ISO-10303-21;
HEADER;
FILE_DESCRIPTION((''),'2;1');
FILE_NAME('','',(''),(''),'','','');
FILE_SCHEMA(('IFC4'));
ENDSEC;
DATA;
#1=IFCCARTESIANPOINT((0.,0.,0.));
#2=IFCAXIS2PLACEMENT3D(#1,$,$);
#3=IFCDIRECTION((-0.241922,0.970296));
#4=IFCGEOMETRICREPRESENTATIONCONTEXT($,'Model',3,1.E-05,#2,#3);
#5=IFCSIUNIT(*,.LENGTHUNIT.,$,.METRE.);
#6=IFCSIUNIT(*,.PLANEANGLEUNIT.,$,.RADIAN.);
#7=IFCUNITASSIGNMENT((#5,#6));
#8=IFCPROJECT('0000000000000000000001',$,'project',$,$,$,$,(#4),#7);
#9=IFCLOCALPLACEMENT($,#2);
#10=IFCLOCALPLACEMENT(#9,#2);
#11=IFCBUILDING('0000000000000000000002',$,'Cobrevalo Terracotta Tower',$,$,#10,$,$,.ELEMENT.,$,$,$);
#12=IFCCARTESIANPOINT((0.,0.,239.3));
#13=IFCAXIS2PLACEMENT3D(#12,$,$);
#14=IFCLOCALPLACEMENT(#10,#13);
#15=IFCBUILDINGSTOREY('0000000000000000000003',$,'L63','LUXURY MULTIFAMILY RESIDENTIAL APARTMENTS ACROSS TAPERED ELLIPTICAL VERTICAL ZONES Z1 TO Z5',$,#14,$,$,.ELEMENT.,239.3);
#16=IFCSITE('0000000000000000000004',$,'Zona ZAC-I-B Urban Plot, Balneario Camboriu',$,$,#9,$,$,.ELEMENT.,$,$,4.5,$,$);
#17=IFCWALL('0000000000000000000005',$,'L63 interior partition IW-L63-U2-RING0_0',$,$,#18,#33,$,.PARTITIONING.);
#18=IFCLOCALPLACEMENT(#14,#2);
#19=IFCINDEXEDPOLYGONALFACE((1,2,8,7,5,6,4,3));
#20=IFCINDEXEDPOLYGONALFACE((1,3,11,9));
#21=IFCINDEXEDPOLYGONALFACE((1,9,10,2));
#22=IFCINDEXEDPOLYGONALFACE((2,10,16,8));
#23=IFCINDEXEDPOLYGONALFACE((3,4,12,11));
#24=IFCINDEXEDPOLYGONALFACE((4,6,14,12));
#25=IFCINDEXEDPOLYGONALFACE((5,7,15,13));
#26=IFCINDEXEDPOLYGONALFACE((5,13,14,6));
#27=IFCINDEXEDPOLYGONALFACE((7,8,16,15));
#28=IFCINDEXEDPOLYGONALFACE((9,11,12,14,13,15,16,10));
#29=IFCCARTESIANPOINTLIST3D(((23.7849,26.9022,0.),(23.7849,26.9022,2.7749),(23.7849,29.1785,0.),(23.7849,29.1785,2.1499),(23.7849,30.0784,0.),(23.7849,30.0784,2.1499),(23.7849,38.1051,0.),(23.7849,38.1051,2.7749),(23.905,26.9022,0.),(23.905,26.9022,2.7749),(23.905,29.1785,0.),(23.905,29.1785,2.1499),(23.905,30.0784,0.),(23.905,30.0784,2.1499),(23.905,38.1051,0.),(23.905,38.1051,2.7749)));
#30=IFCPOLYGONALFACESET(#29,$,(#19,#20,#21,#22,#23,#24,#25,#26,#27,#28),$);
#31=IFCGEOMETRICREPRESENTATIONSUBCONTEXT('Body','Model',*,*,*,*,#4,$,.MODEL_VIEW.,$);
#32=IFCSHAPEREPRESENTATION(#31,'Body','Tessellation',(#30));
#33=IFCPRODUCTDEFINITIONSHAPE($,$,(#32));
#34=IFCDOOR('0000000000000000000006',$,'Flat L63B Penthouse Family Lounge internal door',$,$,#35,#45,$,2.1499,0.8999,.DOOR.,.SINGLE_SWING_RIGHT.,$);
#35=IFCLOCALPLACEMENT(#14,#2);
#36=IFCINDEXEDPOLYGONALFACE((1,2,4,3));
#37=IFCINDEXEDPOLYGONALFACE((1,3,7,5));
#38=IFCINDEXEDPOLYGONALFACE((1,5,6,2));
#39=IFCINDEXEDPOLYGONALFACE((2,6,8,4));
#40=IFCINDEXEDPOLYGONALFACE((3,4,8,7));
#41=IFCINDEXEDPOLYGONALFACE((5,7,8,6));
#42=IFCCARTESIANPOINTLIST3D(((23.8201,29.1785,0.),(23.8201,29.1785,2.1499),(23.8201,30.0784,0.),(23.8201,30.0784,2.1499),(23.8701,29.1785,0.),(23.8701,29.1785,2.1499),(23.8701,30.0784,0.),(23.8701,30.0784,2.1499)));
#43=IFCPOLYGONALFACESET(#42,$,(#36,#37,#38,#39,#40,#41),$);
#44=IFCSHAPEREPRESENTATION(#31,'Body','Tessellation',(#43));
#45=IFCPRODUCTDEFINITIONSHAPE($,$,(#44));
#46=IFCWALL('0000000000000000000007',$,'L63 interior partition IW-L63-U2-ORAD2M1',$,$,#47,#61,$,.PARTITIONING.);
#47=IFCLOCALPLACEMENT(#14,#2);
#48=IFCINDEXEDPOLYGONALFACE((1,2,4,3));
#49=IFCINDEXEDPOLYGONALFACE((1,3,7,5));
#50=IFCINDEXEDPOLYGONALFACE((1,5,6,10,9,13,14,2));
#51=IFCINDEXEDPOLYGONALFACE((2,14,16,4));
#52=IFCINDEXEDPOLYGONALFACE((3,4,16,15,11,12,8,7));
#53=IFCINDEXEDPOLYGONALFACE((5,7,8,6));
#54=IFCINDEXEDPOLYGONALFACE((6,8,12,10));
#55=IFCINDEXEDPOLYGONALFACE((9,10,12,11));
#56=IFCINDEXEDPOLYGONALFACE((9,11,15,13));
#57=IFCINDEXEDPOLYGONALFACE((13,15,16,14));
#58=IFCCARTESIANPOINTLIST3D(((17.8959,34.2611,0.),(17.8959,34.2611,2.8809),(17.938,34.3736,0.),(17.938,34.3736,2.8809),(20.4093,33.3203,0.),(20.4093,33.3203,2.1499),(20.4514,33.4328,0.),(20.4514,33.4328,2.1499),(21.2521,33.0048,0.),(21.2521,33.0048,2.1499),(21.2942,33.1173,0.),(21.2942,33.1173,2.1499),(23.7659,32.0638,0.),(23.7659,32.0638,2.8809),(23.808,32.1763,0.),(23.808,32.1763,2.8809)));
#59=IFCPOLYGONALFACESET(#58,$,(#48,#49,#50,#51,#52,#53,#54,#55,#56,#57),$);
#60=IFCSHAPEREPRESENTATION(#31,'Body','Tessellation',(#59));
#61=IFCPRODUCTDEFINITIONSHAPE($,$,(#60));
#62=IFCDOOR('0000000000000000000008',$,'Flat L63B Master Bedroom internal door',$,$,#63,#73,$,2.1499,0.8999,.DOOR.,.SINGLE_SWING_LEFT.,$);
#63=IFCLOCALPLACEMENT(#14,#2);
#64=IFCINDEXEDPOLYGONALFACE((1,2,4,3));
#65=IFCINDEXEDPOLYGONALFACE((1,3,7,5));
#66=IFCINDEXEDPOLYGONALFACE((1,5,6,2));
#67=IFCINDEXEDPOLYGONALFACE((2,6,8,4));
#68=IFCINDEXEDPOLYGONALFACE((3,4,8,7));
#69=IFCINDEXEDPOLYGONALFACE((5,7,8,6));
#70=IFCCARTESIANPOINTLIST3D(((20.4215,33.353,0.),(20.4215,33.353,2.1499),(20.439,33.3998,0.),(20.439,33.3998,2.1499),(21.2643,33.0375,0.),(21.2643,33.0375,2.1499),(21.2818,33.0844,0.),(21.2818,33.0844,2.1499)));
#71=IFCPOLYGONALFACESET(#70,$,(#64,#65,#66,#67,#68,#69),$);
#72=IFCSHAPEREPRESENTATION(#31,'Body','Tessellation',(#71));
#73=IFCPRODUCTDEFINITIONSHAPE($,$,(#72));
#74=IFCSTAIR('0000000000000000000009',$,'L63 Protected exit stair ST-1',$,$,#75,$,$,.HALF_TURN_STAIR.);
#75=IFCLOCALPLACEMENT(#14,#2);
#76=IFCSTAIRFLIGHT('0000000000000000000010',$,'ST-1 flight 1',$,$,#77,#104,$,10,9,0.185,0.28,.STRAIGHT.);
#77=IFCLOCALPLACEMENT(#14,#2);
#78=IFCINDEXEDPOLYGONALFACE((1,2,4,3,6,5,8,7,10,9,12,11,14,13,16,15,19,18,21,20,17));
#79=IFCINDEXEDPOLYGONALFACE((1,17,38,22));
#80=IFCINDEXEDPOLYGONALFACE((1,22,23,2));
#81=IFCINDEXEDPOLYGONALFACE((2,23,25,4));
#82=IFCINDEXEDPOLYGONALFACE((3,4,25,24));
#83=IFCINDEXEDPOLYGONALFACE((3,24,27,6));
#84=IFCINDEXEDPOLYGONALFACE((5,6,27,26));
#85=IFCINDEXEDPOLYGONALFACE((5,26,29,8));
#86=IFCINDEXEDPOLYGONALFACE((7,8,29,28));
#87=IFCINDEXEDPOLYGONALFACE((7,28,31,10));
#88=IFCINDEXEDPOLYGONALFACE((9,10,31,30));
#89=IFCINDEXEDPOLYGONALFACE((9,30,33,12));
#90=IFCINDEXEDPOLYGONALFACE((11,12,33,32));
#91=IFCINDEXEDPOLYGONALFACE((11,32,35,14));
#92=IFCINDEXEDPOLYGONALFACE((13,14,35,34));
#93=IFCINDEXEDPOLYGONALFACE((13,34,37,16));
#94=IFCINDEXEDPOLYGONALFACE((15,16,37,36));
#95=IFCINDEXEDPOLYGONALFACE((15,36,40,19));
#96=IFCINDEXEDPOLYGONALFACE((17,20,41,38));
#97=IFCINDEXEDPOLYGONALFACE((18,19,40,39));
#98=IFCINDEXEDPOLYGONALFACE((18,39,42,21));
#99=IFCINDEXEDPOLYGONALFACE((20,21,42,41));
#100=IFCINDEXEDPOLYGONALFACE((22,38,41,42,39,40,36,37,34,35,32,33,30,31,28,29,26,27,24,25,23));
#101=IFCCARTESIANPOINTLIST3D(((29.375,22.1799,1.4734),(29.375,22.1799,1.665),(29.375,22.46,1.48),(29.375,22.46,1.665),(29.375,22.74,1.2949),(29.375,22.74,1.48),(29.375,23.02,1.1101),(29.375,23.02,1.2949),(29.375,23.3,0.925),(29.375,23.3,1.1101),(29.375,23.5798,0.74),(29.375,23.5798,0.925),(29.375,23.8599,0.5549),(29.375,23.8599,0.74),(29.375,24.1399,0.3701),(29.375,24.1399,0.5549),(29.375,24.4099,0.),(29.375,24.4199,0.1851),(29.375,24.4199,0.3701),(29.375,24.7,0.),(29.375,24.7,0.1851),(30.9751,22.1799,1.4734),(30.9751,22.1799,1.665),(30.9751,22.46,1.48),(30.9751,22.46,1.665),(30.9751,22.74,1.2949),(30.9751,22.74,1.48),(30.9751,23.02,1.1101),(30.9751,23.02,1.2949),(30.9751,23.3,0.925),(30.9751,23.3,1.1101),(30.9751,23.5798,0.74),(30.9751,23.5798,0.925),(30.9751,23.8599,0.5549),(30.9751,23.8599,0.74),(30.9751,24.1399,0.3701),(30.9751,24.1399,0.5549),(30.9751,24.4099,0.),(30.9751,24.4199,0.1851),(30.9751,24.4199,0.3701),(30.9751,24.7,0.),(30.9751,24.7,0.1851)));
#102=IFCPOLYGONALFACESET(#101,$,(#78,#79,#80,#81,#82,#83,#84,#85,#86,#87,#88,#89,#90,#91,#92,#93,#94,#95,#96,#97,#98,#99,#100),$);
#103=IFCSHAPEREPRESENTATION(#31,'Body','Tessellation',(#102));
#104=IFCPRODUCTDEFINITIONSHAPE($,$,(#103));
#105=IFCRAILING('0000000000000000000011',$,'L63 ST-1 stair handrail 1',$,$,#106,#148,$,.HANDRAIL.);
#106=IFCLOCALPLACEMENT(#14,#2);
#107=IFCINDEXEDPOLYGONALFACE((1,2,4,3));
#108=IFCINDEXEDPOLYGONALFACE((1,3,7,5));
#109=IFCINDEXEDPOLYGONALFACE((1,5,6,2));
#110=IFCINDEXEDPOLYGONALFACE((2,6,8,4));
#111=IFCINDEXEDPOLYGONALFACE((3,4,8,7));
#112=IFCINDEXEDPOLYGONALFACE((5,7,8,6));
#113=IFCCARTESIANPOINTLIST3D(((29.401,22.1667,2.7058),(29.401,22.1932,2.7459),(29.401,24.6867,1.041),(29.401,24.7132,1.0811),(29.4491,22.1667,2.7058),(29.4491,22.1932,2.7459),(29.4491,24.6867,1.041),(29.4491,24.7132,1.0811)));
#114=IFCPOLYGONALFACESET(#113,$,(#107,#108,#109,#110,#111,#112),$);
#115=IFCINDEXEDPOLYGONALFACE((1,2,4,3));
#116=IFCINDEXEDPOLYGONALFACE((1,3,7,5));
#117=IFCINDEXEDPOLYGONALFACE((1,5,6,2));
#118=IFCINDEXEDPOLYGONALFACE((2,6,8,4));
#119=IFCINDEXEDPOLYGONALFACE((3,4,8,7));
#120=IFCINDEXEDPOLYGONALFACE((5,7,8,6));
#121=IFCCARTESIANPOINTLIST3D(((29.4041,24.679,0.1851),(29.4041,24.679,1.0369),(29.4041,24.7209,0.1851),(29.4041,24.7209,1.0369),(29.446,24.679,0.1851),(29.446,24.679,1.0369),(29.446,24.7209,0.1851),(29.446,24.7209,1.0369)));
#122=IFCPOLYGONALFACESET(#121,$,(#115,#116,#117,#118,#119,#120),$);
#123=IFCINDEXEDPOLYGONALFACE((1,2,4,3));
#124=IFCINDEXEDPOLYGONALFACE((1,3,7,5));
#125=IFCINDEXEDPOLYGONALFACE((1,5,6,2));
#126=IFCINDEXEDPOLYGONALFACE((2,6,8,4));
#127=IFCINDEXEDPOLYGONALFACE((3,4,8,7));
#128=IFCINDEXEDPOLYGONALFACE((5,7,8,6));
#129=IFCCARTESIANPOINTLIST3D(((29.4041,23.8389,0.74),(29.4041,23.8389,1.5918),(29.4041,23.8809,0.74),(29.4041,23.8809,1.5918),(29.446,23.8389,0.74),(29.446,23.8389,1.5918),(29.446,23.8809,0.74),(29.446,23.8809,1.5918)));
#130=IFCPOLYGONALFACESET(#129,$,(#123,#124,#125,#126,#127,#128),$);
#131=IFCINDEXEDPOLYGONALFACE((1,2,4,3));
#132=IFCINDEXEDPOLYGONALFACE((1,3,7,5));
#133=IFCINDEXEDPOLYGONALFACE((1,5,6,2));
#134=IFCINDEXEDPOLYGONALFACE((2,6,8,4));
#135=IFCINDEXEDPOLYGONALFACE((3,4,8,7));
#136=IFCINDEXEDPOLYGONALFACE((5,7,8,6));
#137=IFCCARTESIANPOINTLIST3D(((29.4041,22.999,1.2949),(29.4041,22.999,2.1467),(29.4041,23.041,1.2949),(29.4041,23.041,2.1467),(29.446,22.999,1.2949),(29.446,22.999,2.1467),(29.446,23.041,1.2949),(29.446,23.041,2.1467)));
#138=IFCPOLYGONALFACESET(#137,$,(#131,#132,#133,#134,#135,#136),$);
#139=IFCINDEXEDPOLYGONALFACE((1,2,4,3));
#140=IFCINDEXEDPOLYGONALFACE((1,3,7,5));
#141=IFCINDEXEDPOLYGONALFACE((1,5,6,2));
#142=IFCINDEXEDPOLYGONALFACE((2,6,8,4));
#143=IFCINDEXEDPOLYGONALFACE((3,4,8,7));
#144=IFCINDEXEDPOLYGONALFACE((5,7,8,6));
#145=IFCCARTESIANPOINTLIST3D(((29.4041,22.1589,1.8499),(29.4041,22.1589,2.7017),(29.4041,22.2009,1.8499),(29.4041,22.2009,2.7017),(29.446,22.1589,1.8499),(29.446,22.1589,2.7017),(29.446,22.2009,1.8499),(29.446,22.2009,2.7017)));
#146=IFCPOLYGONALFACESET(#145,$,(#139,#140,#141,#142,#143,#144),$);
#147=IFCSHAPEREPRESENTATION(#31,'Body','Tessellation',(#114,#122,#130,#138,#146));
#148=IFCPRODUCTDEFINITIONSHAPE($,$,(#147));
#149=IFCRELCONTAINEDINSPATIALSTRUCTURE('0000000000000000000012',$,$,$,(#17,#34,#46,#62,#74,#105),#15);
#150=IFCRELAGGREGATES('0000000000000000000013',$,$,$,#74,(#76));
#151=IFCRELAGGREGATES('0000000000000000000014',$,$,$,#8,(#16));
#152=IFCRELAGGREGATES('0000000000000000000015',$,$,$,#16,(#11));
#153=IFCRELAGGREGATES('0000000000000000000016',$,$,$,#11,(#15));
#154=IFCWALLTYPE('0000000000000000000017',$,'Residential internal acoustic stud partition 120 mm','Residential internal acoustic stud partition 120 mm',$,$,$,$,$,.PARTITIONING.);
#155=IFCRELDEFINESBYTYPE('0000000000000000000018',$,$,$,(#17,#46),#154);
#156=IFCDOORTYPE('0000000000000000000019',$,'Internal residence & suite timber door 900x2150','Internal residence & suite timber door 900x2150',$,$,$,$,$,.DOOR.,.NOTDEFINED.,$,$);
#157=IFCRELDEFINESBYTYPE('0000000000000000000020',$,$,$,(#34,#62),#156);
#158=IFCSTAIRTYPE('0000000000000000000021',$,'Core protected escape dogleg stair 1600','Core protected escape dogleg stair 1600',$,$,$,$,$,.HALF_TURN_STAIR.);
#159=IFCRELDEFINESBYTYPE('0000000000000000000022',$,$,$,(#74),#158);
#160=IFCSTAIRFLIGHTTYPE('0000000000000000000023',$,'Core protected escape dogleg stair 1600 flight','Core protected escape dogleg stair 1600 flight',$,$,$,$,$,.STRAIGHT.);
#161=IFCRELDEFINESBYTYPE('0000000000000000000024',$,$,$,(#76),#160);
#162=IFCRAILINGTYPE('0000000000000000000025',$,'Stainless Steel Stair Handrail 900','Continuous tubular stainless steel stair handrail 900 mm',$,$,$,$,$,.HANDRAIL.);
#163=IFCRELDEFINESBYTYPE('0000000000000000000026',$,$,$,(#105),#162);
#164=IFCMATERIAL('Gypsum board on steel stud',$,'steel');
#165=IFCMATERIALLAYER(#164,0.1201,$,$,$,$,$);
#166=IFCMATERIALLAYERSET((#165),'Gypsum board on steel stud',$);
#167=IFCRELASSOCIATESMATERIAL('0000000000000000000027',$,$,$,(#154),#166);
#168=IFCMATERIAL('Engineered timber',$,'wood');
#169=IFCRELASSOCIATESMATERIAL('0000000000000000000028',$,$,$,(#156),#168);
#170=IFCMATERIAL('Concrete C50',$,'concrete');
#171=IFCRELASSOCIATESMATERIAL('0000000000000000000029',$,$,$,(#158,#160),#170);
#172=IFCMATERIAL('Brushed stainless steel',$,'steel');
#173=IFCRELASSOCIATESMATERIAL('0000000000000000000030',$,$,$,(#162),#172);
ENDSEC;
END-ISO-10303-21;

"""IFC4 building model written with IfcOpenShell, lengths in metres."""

from ifc_helpers import new_model, si_unit, direction, frame, frame_2d, origin, origin_2d, place, context, subcontext, project, spatial, polyline, rectangle, outline, extrude, source, transform, mapped, material, layer, layer_set, type_object, element, fill, aggregate, save


model = new_model("IFC4")

# Units and contexts
model_context = context("Model", 3, precision=1e-05, world=origin(), true_north=direction((-0.241922, 0.970296)))
body_context = subcontext(model_context, "Body", "Model", "MODEL_VIEW")
ifc_project = project(units=[si_unit("LENGTHUNIT", "METRE"), si_unit("PLANEANGLEUNIT", "RADIAN")], contexts=[model_context])

# Site, building, storey
site_placement = place(None, origin())
site = spatial("IfcSite", under=ifc_project, at=site_placement, Name="Zona ZAC-I-B Urban Plot, Balneario Camboriu", CompositionType="ELEMENT", RefElevation=4.5)
building_placement = place(site_placement, origin())
building = spatial("IfcBuilding", under=site, at=building_placement, Name="Cobrevalo Terracotta Tower", CompositionType="ELEMENT")
storey_placement = place(building_placement, frame((0.0, 0.0, 239.3)))
storey = spatial("IfcBuildingStorey", under=building, at=storey_placement, Name="L63", Description="LUXURY MULTIFAMILY RESIDENTIAL APARTMENTS ACROSS TAPERED ELLIPTICAL VERTICAL ZONES Z1 TO Z5", CompositionType="ELEMENT", Elevation=239.3)

# Shared definitions
ifc_material_1 = material(Name="Gypsum board on steel stud", Category="steel")

# Shared definitions
ifc_material_2 = material(Name="Brushed stainless steel", Category="steel")

# Walls, openings, doors
ifc_layer_1 = layer(ifc_material_1, 0.1201)
ifc_layer_set_1 = layer_set([ifc_layer_1], Name="Gypsum board on steel stud")
wall_type_1 = type_object("IfcWallType", Name="Residential internal acoustic stud partition 120 mm", Description="Residential internal acoustic stud partition 120 mm", PredefinedType="PARTITIONING", material=ifc_layer_set_1)
wall_1_placement = place(storey_placement, frame((23.845, 26.9021, 0.0), z_axis=(0.0, 0.0, 1.0), x_axis=(0.0, 1.0, 0.0)))
wall_1 = element("IfcWall", 1, at=wall_1_placement, inside=storey, type_object=wall_type_1, Name="L63 interior partition IW-L63-U2-RING0_0", PredefinedType="PARTITIONING", context=body_context, shape_type="SweptSolid", body=[
    extrude(rectangle(XDim=11.2029, YDim=0.1201, at=frame_2d((5.6016, 0.0))), origin(), (0.0, 0.0, 1.0), 2.7749),
])
opening_1_placement = place(wall_1_placement, frame((2.2764, 0.0, 0.0)))
opening_1 = element("IfcOpeningElement", 2, at=opening_1_placement, cuts=wall_1, PredefinedType="OPENING", context=body_context, shape_type="SweptSolid", body=[
    extrude(rectangle(XDim=0.8999, YDim=2.1499, at=frame_2d((0.45, 1.075))), frame((0.0, 0.0701, 0.0), z_axis=(0.0, -1.0, 0.0), x_axis=(1.0, 0.0, 0.0)), (0.0, 0.0, 1.0), 0.1401),
])
ifc_material_3 = material(Name="Engineered timber", Category="wood")
door_type_1 = type_object("IfcDoorType", Name="Internal residence & suite timber door 900x2150", Description="Internal residence & suite timber door 900x2150", OperationType="NOTDEFINED", PredefinedType="DOOR", material=ifc_material_3)
shared_shape_1 = source(origin(), body_context, "Body", "SweptSolid", [
    extrude(rectangle(XDim=0.8999, YDim=2.1499, at=frame_2d((0.45, 1.075))), frame((0.0, 0.0249, 0.0), z_axis=(0.0, -1.0, 0.0), x_axis=(1.0, 0.0, 0.0)), (0.0, 0.0, 1.0), 0.05),
])
door_1_placement = place(opening_1_placement, origin())
door_1 = element("IfcDoor", 3, at=door_1_placement, inside=storey, type_object=door_type_1, Name="Flat L63B Penthouse Family Lounge internal door", OperationType="SINGLE_SWING_RIGHT", OverallHeight=2.1499, OverallWidth=0.8999, PredefinedType="DOOR", context=body_context, shape_type="MappedRepresentation", body=[
    mapped(shared_shape_1, transform((0.0, 0.0, 0.0), scale=1.0)),
])
fill(opening_1, door_1)
wall_2_placement = place(storey_placement, frame((23.7869, 32.1201, 0.0), z_axis=(0.0, 0.0, 1.0), x_axis=(-0.93654, 0.35056, 0.0)))
wall_2 = element("IfcWall", 4, at=wall_2_placement, inside=storey, type_object=wall_type_1, Name="L63 interior partition IW-L63-U2-ORAD2M1", PredefinedType="PARTITIONING", context=body_context, shape_type="SweptSolid", body=[
    extrude(rectangle(XDim=6.2678, YDim=0.1201, at=frame_2d((3.1338, 0.0))), origin(), (0.0, 0.0, 1.0), 2.8809),
])
opening_2_placement = place(wall_2_placement, frame((2.6841, 0.0, 0.0)))
opening_2 = element("IfcOpeningElement", 5, at=opening_2_placement, cuts=wall_2, PredefinedType="OPENING", context=body_context, shape_type="SweptSolid", body=[
    extrude(rectangle(XDim=0.8999, YDim=2.1499, at=frame_2d((0.45, 1.075))), frame((0.0, 0.0701, 0.0), z_axis=(0.0, -1.0, 0.0), x_axis=(1.0, 0.0, 0.0)), (0.0, 0.0, 1.0), 0.1401),
])
door_2_placement = place(opening_2_placement, frame((0.8999, 0.0, 0.0), z_axis=(0.0, 0.0, 1.0), x_axis=(-1.0, 0.0, 0.0)))
door_2 = element("IfcDoor", 6, at=door_2_placement, inside=storey, type_object=door_type_1, Name="Flat L63B Master Bedroom internal door", OperationType="SINGLE_SWING_LEFT", OverallHeight=2.1499, OverallWidth=0.8999, PredefinedType="DOOR", context=body_context, shape_type="MappedRepresentation", body=[
    mapped(shared_shape_1, transform((0.0, 0.0, 0.0), scale=1.0)),
])
fill(opening_2, door_2)
ifc_material_4 = material(Name="Concrete C50", Category="concrete")

# Stair, stair flight
stair_type = type_object("IfcStairType", Name="Core protected escape dogleg stair 1600", Description="Core protected escape dogleg stair 1600", PredefinedType="HALF_TURN_STAIR", material=ifc_material_4)
stair_placement = place(storey_placement, origin())
stair = element("IfcStair", 7, at=stair_placement, inside=storey, type_object=stair_type, Name="L63 Protected exit stair ST-1", PredefinedType="HALF_TURN_STAIR")
stair_flight_type = type_object("IfcStairFlightType", Name="Core protected escape dogleg stair 1600 flight", Description="Core protected escape dogleg stair 1600 flight", PredefinedType="STRAIGHT", material=ifc_material_4)
stair_flight_placement = place(storey_placement, frame((30.175, 24.7, 0.0), z_axis=(0.0, 0.0, 1.0), x_axis=(0.0, -1.0, 0.0)))
stair_flight = element("IfcStairFlight", 8, at=stair_flight_placement, type_object=stair_flight_type, Name="ST-1 flight 1", NumberOfRisers=10, NumberOfTreads=9, PredefinedType="STRAIGHT", RiserHeight=0.185, TreadLength=0.28, context=body_context, shape_type="SweptSolid", body=[
    extrude(outline(polyline([(0.0, 0.0), (0.0, 0.1851), (0.28, 0.1851), (0.28, 0.3701), (0.5601, 0.3701), (0.5601, 0.5549), (0.8401, 0.5549), (0.8401, 0.74), (1.1201, 0.74), (1.1201, 0.925), (1.3999, 0.925), (1.3999, 1.1101), (1.6799, 1.1101), (1.6799, 1.2949), (1.96, 1.2949), (1.96, 1.48), (2.24, 1.48), (2.24, 1.665), (2.52, 1.665), (2.52, 1.8501), (2.52, 1.4734), (0.29, 0.0), (0.0, 0.0)])), frame((0.0, 0.8, 0.0), z_axis=(0.0, -1.0, 0.0), x_axis=(1.0, 0.0, 0.0)), (0.0, 0.0, 1.0), 1.6001),
])
aggregate(stair, [stair_flight])

# Railing
railing_type_1 = type_object("IfcRailingType", Name="Stainless Steel Stair Handrail 900", Description="Continuous tubular stainless steel stair handrail 900 mm", PredefinedType="HANDRAIL", material=ifc_material_2)
railing_1_placement = place(storey_placement, frame((29.425, 24.7, 0.1851)))
element("IfcRailing", 9, at=railing_1_placement, inside=storey, type_object=railing_type_1, Name="L63 ST-1 stair handrail 1", PredefinedType="HANDRAIL", context=body_context, shape_type="SweptSolid", body=[
    extrude(rectangle(XDim=0.0481, YDim=0.0481, at=origin_2d()), frame((0.0, 0.0, 0.876), z_axis=(0.0, -0.834369, 0.551207), x_axis=(1.0, 0.0, 0.0)), (0.0, 0.0, 1.0), 3.0203),
    extrude(rectangle(XDim=0.042, YDim=0.042, at=origin_2d()), origin(), (0.0, 0.0, 1.0), 0.8518),
    extrude(rectangle(XDim=0.042, YDim=0.042, at=origin_2d()), frame((0.0, -0.8401, 0.5549)), (0.0, 0.0, 1.0), 0.8518),
    extrude(rectangle(XDim=0.042, YDim=0.042, at=origin_2d()), frame((0.0, -1.6799, 1.1099)), (0.0, 0.0, 1.0), 0.8518),
    extrude(rectangle(XDim=0.042, YDim=0.042, at=origin_2d()), frame((0.0, -2.52, 1.6648)), (0.0, 0.0, 1.0), 0.8518),
])

save(model, "model.ifc")
